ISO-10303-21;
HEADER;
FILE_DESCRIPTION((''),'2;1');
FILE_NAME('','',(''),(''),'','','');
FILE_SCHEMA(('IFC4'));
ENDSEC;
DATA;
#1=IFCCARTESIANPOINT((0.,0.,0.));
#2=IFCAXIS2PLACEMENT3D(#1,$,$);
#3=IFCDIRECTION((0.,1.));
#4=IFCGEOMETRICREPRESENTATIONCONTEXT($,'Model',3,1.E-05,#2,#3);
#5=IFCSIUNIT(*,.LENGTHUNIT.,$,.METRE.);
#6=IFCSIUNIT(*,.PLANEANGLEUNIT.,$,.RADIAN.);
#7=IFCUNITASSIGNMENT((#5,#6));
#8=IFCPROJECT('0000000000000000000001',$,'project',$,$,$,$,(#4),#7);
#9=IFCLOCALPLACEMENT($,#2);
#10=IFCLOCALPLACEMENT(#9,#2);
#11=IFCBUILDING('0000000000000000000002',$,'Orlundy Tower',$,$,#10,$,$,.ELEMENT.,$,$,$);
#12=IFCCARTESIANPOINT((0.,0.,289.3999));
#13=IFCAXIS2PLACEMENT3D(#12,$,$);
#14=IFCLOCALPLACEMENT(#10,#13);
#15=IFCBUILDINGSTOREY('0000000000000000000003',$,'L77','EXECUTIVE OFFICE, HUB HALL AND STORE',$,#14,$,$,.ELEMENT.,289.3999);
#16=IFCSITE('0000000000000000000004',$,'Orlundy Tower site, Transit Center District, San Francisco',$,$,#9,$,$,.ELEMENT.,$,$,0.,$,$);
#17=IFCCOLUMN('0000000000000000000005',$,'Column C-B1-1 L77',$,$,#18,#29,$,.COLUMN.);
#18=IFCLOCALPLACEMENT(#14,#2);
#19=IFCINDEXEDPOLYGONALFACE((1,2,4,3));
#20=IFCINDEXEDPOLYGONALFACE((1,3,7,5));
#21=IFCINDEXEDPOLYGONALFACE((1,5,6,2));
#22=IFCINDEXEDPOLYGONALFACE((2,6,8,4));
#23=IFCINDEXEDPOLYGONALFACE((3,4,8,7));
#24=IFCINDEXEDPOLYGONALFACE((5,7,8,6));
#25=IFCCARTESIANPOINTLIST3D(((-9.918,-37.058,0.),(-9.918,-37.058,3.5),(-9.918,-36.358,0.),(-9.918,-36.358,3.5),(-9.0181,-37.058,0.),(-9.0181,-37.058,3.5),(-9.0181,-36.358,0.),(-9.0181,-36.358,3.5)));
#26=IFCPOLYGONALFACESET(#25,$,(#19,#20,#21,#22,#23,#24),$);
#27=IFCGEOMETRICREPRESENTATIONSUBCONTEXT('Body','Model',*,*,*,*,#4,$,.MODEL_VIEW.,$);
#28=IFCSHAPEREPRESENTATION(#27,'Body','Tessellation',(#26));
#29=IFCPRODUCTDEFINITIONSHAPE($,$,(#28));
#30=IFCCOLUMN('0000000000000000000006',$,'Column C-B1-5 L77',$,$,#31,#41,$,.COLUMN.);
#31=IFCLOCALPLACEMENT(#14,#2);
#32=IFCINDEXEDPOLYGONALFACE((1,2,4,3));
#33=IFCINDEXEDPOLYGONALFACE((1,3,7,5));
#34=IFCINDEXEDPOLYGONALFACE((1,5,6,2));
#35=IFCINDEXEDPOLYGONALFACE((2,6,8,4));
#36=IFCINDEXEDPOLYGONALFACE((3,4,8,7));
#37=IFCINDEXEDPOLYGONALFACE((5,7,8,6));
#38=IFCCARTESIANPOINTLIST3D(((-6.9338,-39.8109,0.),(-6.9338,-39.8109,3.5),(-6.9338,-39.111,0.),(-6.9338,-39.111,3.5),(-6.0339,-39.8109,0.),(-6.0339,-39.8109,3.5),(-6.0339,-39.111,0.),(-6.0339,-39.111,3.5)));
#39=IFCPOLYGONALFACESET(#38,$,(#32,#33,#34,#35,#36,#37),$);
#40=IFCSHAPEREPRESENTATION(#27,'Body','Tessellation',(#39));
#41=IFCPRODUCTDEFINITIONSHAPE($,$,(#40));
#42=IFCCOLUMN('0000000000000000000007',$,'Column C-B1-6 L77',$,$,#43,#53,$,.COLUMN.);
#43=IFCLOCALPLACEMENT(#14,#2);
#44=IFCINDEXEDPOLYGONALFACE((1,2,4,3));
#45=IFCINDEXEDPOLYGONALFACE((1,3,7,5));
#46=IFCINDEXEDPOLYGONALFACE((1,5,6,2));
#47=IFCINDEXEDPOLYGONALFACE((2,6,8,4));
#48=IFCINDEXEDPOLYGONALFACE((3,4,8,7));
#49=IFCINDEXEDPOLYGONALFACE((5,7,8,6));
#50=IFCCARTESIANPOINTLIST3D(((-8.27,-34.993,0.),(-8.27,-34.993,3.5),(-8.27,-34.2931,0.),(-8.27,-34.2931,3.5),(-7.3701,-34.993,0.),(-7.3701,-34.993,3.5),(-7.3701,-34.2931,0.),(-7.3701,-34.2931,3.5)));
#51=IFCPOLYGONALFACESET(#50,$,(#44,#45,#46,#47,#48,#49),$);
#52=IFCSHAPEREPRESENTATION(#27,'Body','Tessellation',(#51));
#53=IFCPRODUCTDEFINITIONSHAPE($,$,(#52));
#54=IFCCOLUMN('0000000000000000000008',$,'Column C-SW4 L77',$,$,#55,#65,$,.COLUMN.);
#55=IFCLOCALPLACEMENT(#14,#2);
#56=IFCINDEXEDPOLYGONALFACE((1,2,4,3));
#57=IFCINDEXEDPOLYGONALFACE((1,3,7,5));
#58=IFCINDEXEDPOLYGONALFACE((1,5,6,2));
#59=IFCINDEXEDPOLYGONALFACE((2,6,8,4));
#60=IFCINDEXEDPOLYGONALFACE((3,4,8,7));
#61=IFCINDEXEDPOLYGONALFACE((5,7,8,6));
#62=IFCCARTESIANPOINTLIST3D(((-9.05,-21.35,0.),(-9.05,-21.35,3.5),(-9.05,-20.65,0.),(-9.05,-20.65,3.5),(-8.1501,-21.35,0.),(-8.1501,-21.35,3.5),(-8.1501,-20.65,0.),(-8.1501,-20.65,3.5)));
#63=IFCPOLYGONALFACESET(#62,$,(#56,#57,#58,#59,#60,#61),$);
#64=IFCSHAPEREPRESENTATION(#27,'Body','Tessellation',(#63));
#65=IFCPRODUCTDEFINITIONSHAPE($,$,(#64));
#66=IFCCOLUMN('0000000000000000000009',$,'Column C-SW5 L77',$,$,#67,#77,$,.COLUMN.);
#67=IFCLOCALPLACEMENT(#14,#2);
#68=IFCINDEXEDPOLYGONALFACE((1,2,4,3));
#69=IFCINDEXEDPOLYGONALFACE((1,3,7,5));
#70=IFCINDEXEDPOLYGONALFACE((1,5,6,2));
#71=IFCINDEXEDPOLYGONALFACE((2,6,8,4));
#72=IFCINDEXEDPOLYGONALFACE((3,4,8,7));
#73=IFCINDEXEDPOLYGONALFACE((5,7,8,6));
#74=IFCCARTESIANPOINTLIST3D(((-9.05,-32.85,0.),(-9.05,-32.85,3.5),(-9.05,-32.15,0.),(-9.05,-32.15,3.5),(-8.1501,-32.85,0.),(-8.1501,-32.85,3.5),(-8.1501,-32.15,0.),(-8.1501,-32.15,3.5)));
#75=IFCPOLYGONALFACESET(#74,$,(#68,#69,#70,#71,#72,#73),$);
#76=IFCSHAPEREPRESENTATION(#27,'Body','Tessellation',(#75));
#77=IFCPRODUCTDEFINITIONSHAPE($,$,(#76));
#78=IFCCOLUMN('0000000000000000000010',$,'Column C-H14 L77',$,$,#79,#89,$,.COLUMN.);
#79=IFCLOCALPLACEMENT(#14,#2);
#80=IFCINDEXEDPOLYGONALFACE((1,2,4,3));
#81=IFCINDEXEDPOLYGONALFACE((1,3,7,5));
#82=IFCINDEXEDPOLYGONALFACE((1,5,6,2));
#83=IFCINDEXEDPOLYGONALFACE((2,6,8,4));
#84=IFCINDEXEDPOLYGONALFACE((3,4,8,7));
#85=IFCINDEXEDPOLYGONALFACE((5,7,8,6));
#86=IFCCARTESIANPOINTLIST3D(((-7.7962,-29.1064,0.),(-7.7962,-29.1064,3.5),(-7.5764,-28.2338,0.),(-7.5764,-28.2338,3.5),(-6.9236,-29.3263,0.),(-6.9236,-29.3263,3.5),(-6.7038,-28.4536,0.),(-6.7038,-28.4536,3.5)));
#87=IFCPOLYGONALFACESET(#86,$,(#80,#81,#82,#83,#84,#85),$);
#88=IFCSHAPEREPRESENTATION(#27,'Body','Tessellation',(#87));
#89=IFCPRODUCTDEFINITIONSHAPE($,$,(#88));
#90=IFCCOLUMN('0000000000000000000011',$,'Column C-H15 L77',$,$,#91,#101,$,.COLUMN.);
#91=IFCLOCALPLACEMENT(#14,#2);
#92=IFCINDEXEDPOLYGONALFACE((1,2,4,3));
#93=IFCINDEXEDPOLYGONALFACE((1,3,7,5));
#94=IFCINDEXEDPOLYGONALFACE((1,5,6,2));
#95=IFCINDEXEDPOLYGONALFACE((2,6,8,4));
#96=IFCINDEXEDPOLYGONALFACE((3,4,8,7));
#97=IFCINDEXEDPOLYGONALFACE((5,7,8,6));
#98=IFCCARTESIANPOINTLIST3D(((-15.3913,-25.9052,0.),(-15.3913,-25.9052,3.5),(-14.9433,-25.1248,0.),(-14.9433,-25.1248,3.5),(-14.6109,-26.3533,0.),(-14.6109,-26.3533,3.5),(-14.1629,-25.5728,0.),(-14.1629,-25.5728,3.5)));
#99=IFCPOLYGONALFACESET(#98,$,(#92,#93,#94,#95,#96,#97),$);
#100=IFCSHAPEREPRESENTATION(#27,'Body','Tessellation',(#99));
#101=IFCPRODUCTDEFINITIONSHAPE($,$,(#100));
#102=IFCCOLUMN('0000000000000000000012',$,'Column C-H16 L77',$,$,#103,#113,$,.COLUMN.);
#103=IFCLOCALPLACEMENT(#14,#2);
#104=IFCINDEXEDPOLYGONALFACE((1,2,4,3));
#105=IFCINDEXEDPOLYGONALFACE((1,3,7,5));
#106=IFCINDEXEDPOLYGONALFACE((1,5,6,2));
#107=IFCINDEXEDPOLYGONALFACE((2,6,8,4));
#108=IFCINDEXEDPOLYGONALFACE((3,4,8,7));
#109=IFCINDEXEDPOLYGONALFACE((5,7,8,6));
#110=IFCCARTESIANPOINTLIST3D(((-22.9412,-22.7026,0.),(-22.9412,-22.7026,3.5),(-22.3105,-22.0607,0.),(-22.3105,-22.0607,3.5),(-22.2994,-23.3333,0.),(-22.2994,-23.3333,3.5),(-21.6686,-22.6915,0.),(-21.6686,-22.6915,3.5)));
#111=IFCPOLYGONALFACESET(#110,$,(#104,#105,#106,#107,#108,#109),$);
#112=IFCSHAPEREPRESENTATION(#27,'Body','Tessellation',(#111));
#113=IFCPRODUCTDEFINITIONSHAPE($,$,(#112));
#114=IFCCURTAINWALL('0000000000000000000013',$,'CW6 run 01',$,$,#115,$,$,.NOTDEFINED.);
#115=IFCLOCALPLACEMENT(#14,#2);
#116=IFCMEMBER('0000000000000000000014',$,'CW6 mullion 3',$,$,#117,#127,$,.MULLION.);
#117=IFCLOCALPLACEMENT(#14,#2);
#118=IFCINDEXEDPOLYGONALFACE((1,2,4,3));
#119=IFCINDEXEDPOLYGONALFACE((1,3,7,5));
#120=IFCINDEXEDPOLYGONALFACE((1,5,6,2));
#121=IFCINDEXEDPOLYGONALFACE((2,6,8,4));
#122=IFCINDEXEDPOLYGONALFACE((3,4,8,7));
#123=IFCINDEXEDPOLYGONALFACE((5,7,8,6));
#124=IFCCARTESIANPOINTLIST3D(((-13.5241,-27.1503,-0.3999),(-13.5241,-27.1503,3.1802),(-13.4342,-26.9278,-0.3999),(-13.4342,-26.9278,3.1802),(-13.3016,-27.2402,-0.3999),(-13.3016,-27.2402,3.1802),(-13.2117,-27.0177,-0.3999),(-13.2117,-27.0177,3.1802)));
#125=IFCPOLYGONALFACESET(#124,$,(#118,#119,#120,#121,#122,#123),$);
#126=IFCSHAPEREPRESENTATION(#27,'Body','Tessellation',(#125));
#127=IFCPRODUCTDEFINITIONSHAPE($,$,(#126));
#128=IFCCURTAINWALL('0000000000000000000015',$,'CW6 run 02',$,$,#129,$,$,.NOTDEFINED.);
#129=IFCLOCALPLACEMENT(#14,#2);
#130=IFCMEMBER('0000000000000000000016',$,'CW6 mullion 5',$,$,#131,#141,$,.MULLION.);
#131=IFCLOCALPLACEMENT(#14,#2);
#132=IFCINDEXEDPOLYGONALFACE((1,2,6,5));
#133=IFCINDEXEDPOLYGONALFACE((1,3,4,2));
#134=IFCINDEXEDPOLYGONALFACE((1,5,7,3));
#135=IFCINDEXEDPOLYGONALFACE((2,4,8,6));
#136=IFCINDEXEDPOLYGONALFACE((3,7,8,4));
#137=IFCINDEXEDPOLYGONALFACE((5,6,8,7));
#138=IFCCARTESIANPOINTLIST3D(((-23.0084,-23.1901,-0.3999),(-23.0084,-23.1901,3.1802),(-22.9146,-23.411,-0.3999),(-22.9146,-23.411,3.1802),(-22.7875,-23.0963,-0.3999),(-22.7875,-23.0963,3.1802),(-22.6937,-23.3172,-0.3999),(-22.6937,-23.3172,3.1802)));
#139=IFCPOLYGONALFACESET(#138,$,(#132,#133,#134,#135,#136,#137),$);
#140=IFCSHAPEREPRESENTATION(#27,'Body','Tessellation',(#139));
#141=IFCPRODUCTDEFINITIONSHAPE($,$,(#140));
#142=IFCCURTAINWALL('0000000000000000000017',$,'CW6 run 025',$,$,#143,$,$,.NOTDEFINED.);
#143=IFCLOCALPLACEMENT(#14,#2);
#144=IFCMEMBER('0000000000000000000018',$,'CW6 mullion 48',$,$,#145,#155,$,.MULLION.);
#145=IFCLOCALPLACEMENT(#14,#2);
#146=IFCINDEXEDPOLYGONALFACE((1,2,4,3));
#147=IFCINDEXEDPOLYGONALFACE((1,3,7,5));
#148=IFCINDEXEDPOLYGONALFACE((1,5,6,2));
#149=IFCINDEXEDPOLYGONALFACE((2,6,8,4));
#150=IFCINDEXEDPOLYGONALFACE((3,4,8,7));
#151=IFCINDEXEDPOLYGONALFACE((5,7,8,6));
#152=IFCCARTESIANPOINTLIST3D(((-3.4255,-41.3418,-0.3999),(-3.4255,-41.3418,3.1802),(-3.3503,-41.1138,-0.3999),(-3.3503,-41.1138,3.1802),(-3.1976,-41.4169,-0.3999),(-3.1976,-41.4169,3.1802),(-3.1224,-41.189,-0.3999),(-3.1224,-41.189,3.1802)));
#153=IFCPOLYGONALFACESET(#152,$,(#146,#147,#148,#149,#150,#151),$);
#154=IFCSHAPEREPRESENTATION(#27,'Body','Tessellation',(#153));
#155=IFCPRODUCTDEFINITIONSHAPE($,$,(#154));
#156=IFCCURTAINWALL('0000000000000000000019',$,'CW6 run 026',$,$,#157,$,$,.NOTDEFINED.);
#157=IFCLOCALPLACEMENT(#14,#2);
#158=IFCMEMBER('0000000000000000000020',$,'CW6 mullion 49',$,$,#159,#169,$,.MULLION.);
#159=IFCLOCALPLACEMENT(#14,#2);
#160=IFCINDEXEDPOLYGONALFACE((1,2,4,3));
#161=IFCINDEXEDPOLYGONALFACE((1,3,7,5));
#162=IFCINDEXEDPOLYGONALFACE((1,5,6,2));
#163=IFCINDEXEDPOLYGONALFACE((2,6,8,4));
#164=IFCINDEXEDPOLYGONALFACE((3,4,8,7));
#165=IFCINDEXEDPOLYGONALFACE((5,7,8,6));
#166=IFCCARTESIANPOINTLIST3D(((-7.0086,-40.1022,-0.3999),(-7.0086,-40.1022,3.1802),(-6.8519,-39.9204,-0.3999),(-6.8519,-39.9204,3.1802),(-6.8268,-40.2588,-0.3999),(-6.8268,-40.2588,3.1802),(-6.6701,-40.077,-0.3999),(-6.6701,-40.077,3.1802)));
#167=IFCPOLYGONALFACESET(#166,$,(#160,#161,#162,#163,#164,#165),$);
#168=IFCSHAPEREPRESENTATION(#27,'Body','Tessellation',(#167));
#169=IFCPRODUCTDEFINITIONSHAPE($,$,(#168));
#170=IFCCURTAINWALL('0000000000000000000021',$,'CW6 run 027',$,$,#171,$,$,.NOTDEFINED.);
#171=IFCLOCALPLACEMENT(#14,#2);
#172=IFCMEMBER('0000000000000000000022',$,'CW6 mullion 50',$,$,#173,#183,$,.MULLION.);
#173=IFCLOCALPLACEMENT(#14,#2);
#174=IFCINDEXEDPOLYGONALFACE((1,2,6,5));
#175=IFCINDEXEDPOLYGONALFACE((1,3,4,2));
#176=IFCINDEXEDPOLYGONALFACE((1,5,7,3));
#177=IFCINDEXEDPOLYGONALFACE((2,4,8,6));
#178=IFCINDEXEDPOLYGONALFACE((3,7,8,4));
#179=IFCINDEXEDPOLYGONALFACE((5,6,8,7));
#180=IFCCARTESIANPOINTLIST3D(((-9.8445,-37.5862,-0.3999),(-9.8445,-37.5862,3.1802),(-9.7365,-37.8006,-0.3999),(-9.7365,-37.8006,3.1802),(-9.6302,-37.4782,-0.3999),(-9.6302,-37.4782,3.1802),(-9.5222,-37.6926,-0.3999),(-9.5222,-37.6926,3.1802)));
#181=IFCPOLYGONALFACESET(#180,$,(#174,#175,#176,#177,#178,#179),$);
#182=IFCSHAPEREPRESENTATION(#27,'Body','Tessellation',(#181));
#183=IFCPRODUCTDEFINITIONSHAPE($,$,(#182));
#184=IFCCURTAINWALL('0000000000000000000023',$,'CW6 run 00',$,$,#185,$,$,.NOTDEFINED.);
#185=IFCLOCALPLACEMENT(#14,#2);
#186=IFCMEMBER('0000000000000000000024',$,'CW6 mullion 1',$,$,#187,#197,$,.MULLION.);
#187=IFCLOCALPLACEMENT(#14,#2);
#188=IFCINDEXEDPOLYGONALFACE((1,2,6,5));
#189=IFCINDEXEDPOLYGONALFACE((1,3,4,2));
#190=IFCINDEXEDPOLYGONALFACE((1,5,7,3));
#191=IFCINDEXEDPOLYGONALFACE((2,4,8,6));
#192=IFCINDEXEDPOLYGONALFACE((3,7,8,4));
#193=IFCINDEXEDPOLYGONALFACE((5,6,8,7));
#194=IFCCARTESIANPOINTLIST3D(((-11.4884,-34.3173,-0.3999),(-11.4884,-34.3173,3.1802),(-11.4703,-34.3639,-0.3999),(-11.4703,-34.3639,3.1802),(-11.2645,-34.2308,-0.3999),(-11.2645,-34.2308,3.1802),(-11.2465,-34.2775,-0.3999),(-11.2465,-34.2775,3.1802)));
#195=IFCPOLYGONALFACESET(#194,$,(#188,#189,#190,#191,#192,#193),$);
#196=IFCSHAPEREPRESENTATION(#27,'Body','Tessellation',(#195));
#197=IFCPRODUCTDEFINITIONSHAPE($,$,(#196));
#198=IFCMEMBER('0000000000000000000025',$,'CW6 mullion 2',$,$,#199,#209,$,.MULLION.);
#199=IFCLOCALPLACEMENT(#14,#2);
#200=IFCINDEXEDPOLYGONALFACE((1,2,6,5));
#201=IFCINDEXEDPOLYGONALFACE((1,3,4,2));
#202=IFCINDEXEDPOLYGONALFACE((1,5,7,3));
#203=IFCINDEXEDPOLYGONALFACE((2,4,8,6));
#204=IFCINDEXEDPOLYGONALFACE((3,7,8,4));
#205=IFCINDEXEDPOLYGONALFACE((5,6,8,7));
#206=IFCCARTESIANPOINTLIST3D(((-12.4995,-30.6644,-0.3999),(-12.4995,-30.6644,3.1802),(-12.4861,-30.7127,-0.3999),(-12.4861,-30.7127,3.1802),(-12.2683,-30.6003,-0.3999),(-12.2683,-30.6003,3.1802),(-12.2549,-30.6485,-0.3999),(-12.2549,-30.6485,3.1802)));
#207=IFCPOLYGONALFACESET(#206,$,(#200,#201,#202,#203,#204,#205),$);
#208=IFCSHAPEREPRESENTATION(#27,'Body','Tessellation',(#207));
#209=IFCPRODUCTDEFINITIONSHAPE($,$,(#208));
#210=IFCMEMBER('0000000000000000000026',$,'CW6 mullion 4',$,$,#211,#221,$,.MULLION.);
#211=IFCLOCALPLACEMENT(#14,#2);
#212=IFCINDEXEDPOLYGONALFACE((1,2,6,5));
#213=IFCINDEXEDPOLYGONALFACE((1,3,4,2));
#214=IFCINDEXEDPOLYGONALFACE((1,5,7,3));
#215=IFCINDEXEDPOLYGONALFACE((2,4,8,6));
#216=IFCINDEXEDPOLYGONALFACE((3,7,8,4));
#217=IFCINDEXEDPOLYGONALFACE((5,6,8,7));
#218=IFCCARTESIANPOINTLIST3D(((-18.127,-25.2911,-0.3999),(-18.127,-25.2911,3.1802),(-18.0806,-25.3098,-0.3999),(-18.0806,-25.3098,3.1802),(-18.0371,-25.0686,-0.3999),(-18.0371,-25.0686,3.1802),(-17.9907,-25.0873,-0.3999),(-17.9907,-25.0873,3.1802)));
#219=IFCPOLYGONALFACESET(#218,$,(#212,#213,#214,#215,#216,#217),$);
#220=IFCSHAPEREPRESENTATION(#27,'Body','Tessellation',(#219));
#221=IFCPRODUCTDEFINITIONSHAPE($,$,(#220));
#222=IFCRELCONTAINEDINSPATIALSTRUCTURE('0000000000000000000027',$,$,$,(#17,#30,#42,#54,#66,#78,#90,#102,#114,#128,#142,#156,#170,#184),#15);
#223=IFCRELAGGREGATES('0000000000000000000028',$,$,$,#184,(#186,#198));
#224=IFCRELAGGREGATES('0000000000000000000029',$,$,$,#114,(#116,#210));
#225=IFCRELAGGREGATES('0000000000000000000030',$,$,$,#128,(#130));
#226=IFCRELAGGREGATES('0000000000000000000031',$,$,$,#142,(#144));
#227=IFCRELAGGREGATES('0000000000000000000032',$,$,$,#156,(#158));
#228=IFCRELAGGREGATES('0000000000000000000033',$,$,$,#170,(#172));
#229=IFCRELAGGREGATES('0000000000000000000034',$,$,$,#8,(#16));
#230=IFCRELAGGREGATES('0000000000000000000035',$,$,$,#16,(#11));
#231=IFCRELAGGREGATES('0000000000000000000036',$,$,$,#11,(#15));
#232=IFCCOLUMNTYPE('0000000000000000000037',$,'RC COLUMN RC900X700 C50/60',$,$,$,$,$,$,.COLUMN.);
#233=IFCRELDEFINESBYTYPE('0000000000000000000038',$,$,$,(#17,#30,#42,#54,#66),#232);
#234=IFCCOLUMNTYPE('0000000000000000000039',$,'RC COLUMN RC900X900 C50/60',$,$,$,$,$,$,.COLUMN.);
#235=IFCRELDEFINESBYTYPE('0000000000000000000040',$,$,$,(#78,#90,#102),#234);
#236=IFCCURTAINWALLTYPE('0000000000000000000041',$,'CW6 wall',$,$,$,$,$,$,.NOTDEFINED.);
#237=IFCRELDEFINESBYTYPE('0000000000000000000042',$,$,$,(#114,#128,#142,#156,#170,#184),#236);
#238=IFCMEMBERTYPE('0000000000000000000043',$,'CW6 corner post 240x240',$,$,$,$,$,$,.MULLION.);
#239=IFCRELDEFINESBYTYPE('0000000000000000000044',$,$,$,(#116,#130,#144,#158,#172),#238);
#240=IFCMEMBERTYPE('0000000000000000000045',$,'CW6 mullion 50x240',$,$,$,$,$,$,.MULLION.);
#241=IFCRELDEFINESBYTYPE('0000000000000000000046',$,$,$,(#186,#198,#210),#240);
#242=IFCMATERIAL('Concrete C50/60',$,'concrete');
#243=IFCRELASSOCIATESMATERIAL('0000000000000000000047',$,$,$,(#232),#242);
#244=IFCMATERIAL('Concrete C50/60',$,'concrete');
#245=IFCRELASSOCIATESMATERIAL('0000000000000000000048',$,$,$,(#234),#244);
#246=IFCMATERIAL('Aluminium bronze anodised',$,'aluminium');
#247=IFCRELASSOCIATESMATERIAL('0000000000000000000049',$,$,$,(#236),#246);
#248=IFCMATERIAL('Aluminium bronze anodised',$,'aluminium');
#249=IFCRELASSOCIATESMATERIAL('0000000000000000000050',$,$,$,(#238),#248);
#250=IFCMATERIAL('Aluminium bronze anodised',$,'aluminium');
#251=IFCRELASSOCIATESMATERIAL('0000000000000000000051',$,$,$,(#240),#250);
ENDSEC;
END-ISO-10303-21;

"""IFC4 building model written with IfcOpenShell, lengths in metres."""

from ifc_helpers import new_model, si_unit, direction, frame, origin, origin_2d, place, context, subcontext, project, spatial, rectangle, extrude, material, material_profile, profile_set, type_object, element, aggregate, save


model = new_model("IFC4")

# Units and contexts
model_context = context("Model", 3, precision=1e-05, world=origin(), true_north=direction((0.0, 1.0)))
body_context = subcontext(model_context, "Body", "Model", "MODEL_VIEW")
ifc_project = project(units=[si_unit("LENGTHUNIT", "METRE"), si_unit("PLANEANGLEUNIT", "RADIAN")], contexts=[model_context])

# Site, building, storey
site_placement = place(None, origin())
site = spatial("IfcSite", under=ifc_project, at=site_placement, Name="Orlundy Tower site, Transit Center District, San Francisco", CompositionType="ELEMENT", RefElevation=0.0)
building_placement = place(site_placement, origin())
building = spatial("IfcBuilding", under=site, at=building_placement, Name="Orlundy Tower", CompositionType="ELEMENT")
storey_placement = place(building_placement, frame((0.0, 0.0, 289.3999)))
storey = spatial("IfcBuildingStorey", under=building, at=storey_placement, Name="L77", Description="EXECUTIVE OFFICE, HUB HALL AND STORE", CompositionType="ELEMENT", Elevation=289.3999)

# Columns
ifc_material_1 = material(Name="Concrete C50/60", Category="concrete")
ifc_material_profile_1 = material_profile(ifc_material_1, rectangle(XDim=0.8999, YDim=0.7, at=origin_2d()), Name="RC900X700")
ifc_profile_set_1 = profile_set([ifc_material_profile_1], Name="Concrete C50/60")
column_type_1 = type_object("IfcColumnType", Name="RC COLUMN RC900X700 C50/60", PredefinedType="COLUMN", material=ifc_profile_set_1)
for number, where, z_axis, x_axis, name in (
    (1, (-9.468, -36.708, 0.0), (0.0, 0.0, 1.0), (1.0, 0.0, 0.0), "Column C-B1-1 L77"),
    (2, (-6.4839, -39.4609, 0.0), (0.0, 0.0, 1.0), (1.0, 0.0, 0.0), "Column C-B1-5 L77"),
    (3, (-7.8201, -34.6431, 0.0), (0.0, 0.0, 1.0), (1.0, 0.0, 0.0), "Column C-B1-6 L77"),
    (4, (-8.6001, -21.0, 0.0), (0.0, 0.0, 1.0), (1.0, 0.0, 0.0), "Column C-SW4 L77"),
    (5, (-8.6001, -32.5, 0.0), (0.0, 0.0, 1.0), (1.0, 0.0, 0.0), "Column C-SW5 L77"),
):
    element("IfcColumn", number, at=place(storey_placement, frame(where, z_axis=z_axis, x_axis=x_axis)), inside=storey, type_object=column_type_1, Name=name, PredefinedType="COLUMN", context=body_context, shape_type="SweptSolid", body=[
        extrude(rectangle(XDim=0.8999, YDim=0.7, at=origin_2d()), origin(), (0.0, 0.0, 1.0), 3.5),
    ])
ifc_material_2 = material(Name="Concrete C50/60", Category="concrete")
ifc_material_profile_2 = material_profile(ifc_material_2, rectangle(XDim=0.8999, YDim=0.8999, at=origin_2d()), Name="RC900X900")
ifc_profile_set_2 = profile_set([ifc_material_profile_2], Name="Concrete C50/60")
column_type_2 = type_object("IfcColumnType", Name="RC COLUMN RC900X900 C50/60", PredefinedType="COLUMN", material=ifc_profile_set_2)
for number, where, z_axis, x_axis, name in (
    (6, (-7.25, -28.78, 0.0), (0.0, 0.0, 1.0), (-0.244275, -0.969706, 0.0), "Column C-H14 L77"),
    (7, (-14.7771, -25.739, 0.0), (0.0, 0.0, 1.0), (-0.497898, -0.867236, 0.0), "Column C-H15 L77"),
    (8, (-22.3049, -22.697, 0.0), (0.0, 0.0, 1.0), (-0.700922, -0.713238, 0.0), "Column C-H16 L77"),
):
    element("IfcColumn", number, at=place(storey_placement, frame(where, z_axis=z_axis, x_axis=x_axis)), inside=storey, type_object=column_type_2, Name=name, PredefinedType="COLUMN", context=body_context, shape_type="SweptSolid", body=[
        extrude(rectangle(XDim=0.8999, YDim=0.8999, at=origin_2d()), origin(), (0.0, 0.0, 1.0), 3.5),
    ])

# Curtain walls, members
ifc_material_3 = material(Name="Aluminium bronze anodised", Category="aluminium")
curtain_wall_type = type_object("IfcCurtainWallType", Name="CW6 wall", PredefinedType="NOTDEFINED", material=ifc_material_3)
curtain_wall_1_placement = place(storey_placement, origin())
curtain_wall_1 = element("IfcCurtainWall", 9, at=curtain_wall_1_placement, inside=storey, type_object=curtain_wall_type, Name="CW6 run 01", PredefinedType="NOTDEFINED")
ifc_material_4 = material(Name="Aluminium bronze anodised", Category="aluminium")
ifc_material_profile_3 = material_profile(ifc_material_4, rectangle(XDim=0.24, YDim=0.24, at=origin_2d()), Name="CW6 corner post 240x240")
ifc_profile_set_3 = profile_set([ifc_material_profile_3], Name="Aluminium bronze anodised")
member_type_1 = type_object("IfcMemberType", Name="CW6 corner post 240x240", PredefinedType="MULLION", material=ifc_profile_set_3)
member_1_placement = place(storey_placement, frame((-13.3679, -27.084, -0.3999), z_axis=(0.0, 0.0, 1.0), x_axis=(-0.374521, -0.927218, 0.0)))
member_1 = element("IfcMember", 10, at=member_1_placement, type_object=member_type_1, Name="CW6 mullion 3", PredefinedType="MULLION", context=body_context, shape_type="SweptSolid", body=[
    extrude(rectangle(XDim=0.24, YDim=0.24, at=origin_2d()), origin(), (0.0, 0.0, 1.0), 3.5801),
])
curtain_wall_2_placement = place(storey_placement, origin())
curtain_wall_2 = element("IfcCurtainWall", 11, at=curtain_wall_2_placement, inside=storey, type_object=curtain_wall_type, Name="CW6 run 02", PredefinedType="NOTDEFINED")
member_2_placement = place(storey_placement, frame((-22.8511, -23.2537, -0.3999), z_axis=(0.0, 0.0, 1.0), x_axis=(-0.920507, -0.390727, 0.0)))
member_2 = element("IfcMember", 12, at=member_2_placement, type_object=member_type_1, Name="CW6 mullion 5", PredefinedType="MULLION", context=body_context, shape_type="SweptSolid", body=[
    extrude(rectangle(XDim=0.24, YDim=0.24, at=origin_2d()), origin(), (0.0, 0.0, 1.0), 3.5801),
])
curtain_wall_3_placement = place(storey_placement, origin())
curtain_wall_3 = element("IfcCurtainWall", 13, at=curtain_wall_3_placement, inside=storey, type_object=curtain_wall_type, Name="CW6 run 025", PredefinedType="NOTDEFINED")
member_3_placement = place(storey_placement, frame((-3.2739, -41.2654, -0.3999), z_axis=(0.0, 0.0, 1.0), x_axis=(-0.313231, -0.949677, 0.0)))
member_3 = element("IfcMember", 14, at=member_3_placement, type_object=member_type_1, Name="CW6 mullion 48", PredefinedType="MULLION", context=body_context, shape_type="SweptSolid", body=[
    extrude(rectangle(XDim=0.24, YDim=0.24, at=origin_2d()), origin(), (0.0, 0.0, 1.0), 3.5801),
])
curtain_wall_4_placement = place(storey_placement, origin())
curtain_wall_4 = element("IfcCurtainWall", 15, at=curtain_wall_4_placement, inside=storey, type_object=curtain_wall_type, Name="CW6 run 026", PredefinedType="NOTDEFINED")
member_4_placement = place(storey_placement, frame((-6.8394, -40.0896, -0.3999), z_axis=(0.0, 0.0, 1.0), x_axis=(-0.652678, -0.757635, 0.0)))
member_4 = element("IfcMember", 16, at=member_4_placement, type_object=member_type_1, Name="CW6 mullion 49", PredefinedType="MULLION", context=body_context, shape_type="SweptSolid", body=[
    extrude(rectangle(XDim=0.24, YDim=0.24, at=origin_2d()), origin(), (0.0, 0.0, 1.0), 3.5801),
])
curtain_wall_5_placement = place(storey_placement, origin())
curtain_wall_5 = element("IfcCurtainWall", 17, at=curtain_wall_5_placement, inside=storey, type_object=curtain_wall_type, Name="CW6 run 027", PredefinedType="NOTDEFINED")
member_5_placement = place(storey_placement, frame((-9.6833, -37.6394, -0.3999), z_axis=(0.0, 0.0, 1.0), x_axis=(-0.89302, -0.450017, 0.0)))
member_5 = element("IfcMember", 18, at=member_5_placement, type_object=member_type_1, Name="CW6 mullion 50", PredefinedType="MULLION", context=body_context, shape_type="SweptSolid", body=[
    extrude(rectangle(XDim=0.24, YDim=0.24, at=origin_2d()), origin(), (0.0, 0.0, 1.0), 3.5801),
])

# Curtain wall, members
curtain_wall_6_placement = place(storey_placement, origin())
curtain_wall_6 = element("IfcCurtainWall", 19, at=curtain_wall_6_placement, inside=storey, type_object=curtain_wall_type, Name="CW6 run 00", PredefinedType="NOTDEFINED")
ifc_material_5 = material(Name="Aluminium bronze anodised", Category="aluminium")
ifc_material_profile_4 = material_profile(ifc_material_5, rectangle(XDim=0.24, YDim=0.05, at=origin_2d()), Name="CW6 mullion 50x240")
ifc_profile_set_4 = profile_set([ifc_material_profile_4], Name="Aluminium bronze anodised")
member_type_2 = type_object("IfcMemberType", Name="CW6 mullion 50x240", PredefinedType="MULLION", material=ifc_profile_set_4)
member_6_placement = place(storey_placement, frame((-11.3674, -34.2974, -0.3999), z_axis=(0.0, 0.0, 1.0), x_axis=(-0.932815, -0.360356, 0.0)))
member_6 = element("IfcMember", 20, at=member_6_placement, type_object=member_type_2, Name="CW6 mullion 1", PredefinedType="MULLION", context=body_context, shape_type="SweptSolid", body=[
    extrude(rectangle(XDim=0.24, YDim=0.05, at=origin_2d()), origin(), (0.0, 0.0, 1.0), 3.5801),
])
member_7_placement = place(storey_placement, frame((-12.3772, -30.6565, -0.3999), z_axis=(0.0, 0.0, 1.0), x_axis=(-0.963634, -0.267226, 0.0)))
member_7 = element("IfcMember", 21, at=member_7_placement, type_object=member_type_2, Name="CW6 mullion 2", PredefinedType="MULLION", context=body_context, shape_type="SweptSolid", body=[
    extrude(rectangle(XDim=0.24, YDim=0.05, at=origin_2d()), origin(), (0.0, 0.0, 1.0), 3.5801),
])

# Member
member_8_placement = place(storey_placement, frame((-18.0588, -25.1892, -0.3999), z_axis=(0.0, 0.0, 1.0), x_axis=(-0.374521, -0.927218, 0.0)))
member_8 = element("IfcMember", 22, at=member_8_placement, type_object=member_type_2, Name="CW6 mullion 4", PredefinedType="MULLION", context=body_context, shape_type="SweptSolid", body=[
    extrude(rectangle(XDim=0.24, YDim=0.05, at=origin_2d()), origin(), (0.0, 0.0, 1.0), 3.5801),
])

aggregate(curtain_wall_6, [member_6, member_7])
aggregate(curtain_wall_1, [member_1, member_8])
aggregate(curtain_wall_2, [member_2])

aggregate(curtain_wall_3, [member_3])
aggregate(curtain_wall_4, [member_4])
aggregate(curtain_wall_5, [member_5])

save(model, "model.ifc")
